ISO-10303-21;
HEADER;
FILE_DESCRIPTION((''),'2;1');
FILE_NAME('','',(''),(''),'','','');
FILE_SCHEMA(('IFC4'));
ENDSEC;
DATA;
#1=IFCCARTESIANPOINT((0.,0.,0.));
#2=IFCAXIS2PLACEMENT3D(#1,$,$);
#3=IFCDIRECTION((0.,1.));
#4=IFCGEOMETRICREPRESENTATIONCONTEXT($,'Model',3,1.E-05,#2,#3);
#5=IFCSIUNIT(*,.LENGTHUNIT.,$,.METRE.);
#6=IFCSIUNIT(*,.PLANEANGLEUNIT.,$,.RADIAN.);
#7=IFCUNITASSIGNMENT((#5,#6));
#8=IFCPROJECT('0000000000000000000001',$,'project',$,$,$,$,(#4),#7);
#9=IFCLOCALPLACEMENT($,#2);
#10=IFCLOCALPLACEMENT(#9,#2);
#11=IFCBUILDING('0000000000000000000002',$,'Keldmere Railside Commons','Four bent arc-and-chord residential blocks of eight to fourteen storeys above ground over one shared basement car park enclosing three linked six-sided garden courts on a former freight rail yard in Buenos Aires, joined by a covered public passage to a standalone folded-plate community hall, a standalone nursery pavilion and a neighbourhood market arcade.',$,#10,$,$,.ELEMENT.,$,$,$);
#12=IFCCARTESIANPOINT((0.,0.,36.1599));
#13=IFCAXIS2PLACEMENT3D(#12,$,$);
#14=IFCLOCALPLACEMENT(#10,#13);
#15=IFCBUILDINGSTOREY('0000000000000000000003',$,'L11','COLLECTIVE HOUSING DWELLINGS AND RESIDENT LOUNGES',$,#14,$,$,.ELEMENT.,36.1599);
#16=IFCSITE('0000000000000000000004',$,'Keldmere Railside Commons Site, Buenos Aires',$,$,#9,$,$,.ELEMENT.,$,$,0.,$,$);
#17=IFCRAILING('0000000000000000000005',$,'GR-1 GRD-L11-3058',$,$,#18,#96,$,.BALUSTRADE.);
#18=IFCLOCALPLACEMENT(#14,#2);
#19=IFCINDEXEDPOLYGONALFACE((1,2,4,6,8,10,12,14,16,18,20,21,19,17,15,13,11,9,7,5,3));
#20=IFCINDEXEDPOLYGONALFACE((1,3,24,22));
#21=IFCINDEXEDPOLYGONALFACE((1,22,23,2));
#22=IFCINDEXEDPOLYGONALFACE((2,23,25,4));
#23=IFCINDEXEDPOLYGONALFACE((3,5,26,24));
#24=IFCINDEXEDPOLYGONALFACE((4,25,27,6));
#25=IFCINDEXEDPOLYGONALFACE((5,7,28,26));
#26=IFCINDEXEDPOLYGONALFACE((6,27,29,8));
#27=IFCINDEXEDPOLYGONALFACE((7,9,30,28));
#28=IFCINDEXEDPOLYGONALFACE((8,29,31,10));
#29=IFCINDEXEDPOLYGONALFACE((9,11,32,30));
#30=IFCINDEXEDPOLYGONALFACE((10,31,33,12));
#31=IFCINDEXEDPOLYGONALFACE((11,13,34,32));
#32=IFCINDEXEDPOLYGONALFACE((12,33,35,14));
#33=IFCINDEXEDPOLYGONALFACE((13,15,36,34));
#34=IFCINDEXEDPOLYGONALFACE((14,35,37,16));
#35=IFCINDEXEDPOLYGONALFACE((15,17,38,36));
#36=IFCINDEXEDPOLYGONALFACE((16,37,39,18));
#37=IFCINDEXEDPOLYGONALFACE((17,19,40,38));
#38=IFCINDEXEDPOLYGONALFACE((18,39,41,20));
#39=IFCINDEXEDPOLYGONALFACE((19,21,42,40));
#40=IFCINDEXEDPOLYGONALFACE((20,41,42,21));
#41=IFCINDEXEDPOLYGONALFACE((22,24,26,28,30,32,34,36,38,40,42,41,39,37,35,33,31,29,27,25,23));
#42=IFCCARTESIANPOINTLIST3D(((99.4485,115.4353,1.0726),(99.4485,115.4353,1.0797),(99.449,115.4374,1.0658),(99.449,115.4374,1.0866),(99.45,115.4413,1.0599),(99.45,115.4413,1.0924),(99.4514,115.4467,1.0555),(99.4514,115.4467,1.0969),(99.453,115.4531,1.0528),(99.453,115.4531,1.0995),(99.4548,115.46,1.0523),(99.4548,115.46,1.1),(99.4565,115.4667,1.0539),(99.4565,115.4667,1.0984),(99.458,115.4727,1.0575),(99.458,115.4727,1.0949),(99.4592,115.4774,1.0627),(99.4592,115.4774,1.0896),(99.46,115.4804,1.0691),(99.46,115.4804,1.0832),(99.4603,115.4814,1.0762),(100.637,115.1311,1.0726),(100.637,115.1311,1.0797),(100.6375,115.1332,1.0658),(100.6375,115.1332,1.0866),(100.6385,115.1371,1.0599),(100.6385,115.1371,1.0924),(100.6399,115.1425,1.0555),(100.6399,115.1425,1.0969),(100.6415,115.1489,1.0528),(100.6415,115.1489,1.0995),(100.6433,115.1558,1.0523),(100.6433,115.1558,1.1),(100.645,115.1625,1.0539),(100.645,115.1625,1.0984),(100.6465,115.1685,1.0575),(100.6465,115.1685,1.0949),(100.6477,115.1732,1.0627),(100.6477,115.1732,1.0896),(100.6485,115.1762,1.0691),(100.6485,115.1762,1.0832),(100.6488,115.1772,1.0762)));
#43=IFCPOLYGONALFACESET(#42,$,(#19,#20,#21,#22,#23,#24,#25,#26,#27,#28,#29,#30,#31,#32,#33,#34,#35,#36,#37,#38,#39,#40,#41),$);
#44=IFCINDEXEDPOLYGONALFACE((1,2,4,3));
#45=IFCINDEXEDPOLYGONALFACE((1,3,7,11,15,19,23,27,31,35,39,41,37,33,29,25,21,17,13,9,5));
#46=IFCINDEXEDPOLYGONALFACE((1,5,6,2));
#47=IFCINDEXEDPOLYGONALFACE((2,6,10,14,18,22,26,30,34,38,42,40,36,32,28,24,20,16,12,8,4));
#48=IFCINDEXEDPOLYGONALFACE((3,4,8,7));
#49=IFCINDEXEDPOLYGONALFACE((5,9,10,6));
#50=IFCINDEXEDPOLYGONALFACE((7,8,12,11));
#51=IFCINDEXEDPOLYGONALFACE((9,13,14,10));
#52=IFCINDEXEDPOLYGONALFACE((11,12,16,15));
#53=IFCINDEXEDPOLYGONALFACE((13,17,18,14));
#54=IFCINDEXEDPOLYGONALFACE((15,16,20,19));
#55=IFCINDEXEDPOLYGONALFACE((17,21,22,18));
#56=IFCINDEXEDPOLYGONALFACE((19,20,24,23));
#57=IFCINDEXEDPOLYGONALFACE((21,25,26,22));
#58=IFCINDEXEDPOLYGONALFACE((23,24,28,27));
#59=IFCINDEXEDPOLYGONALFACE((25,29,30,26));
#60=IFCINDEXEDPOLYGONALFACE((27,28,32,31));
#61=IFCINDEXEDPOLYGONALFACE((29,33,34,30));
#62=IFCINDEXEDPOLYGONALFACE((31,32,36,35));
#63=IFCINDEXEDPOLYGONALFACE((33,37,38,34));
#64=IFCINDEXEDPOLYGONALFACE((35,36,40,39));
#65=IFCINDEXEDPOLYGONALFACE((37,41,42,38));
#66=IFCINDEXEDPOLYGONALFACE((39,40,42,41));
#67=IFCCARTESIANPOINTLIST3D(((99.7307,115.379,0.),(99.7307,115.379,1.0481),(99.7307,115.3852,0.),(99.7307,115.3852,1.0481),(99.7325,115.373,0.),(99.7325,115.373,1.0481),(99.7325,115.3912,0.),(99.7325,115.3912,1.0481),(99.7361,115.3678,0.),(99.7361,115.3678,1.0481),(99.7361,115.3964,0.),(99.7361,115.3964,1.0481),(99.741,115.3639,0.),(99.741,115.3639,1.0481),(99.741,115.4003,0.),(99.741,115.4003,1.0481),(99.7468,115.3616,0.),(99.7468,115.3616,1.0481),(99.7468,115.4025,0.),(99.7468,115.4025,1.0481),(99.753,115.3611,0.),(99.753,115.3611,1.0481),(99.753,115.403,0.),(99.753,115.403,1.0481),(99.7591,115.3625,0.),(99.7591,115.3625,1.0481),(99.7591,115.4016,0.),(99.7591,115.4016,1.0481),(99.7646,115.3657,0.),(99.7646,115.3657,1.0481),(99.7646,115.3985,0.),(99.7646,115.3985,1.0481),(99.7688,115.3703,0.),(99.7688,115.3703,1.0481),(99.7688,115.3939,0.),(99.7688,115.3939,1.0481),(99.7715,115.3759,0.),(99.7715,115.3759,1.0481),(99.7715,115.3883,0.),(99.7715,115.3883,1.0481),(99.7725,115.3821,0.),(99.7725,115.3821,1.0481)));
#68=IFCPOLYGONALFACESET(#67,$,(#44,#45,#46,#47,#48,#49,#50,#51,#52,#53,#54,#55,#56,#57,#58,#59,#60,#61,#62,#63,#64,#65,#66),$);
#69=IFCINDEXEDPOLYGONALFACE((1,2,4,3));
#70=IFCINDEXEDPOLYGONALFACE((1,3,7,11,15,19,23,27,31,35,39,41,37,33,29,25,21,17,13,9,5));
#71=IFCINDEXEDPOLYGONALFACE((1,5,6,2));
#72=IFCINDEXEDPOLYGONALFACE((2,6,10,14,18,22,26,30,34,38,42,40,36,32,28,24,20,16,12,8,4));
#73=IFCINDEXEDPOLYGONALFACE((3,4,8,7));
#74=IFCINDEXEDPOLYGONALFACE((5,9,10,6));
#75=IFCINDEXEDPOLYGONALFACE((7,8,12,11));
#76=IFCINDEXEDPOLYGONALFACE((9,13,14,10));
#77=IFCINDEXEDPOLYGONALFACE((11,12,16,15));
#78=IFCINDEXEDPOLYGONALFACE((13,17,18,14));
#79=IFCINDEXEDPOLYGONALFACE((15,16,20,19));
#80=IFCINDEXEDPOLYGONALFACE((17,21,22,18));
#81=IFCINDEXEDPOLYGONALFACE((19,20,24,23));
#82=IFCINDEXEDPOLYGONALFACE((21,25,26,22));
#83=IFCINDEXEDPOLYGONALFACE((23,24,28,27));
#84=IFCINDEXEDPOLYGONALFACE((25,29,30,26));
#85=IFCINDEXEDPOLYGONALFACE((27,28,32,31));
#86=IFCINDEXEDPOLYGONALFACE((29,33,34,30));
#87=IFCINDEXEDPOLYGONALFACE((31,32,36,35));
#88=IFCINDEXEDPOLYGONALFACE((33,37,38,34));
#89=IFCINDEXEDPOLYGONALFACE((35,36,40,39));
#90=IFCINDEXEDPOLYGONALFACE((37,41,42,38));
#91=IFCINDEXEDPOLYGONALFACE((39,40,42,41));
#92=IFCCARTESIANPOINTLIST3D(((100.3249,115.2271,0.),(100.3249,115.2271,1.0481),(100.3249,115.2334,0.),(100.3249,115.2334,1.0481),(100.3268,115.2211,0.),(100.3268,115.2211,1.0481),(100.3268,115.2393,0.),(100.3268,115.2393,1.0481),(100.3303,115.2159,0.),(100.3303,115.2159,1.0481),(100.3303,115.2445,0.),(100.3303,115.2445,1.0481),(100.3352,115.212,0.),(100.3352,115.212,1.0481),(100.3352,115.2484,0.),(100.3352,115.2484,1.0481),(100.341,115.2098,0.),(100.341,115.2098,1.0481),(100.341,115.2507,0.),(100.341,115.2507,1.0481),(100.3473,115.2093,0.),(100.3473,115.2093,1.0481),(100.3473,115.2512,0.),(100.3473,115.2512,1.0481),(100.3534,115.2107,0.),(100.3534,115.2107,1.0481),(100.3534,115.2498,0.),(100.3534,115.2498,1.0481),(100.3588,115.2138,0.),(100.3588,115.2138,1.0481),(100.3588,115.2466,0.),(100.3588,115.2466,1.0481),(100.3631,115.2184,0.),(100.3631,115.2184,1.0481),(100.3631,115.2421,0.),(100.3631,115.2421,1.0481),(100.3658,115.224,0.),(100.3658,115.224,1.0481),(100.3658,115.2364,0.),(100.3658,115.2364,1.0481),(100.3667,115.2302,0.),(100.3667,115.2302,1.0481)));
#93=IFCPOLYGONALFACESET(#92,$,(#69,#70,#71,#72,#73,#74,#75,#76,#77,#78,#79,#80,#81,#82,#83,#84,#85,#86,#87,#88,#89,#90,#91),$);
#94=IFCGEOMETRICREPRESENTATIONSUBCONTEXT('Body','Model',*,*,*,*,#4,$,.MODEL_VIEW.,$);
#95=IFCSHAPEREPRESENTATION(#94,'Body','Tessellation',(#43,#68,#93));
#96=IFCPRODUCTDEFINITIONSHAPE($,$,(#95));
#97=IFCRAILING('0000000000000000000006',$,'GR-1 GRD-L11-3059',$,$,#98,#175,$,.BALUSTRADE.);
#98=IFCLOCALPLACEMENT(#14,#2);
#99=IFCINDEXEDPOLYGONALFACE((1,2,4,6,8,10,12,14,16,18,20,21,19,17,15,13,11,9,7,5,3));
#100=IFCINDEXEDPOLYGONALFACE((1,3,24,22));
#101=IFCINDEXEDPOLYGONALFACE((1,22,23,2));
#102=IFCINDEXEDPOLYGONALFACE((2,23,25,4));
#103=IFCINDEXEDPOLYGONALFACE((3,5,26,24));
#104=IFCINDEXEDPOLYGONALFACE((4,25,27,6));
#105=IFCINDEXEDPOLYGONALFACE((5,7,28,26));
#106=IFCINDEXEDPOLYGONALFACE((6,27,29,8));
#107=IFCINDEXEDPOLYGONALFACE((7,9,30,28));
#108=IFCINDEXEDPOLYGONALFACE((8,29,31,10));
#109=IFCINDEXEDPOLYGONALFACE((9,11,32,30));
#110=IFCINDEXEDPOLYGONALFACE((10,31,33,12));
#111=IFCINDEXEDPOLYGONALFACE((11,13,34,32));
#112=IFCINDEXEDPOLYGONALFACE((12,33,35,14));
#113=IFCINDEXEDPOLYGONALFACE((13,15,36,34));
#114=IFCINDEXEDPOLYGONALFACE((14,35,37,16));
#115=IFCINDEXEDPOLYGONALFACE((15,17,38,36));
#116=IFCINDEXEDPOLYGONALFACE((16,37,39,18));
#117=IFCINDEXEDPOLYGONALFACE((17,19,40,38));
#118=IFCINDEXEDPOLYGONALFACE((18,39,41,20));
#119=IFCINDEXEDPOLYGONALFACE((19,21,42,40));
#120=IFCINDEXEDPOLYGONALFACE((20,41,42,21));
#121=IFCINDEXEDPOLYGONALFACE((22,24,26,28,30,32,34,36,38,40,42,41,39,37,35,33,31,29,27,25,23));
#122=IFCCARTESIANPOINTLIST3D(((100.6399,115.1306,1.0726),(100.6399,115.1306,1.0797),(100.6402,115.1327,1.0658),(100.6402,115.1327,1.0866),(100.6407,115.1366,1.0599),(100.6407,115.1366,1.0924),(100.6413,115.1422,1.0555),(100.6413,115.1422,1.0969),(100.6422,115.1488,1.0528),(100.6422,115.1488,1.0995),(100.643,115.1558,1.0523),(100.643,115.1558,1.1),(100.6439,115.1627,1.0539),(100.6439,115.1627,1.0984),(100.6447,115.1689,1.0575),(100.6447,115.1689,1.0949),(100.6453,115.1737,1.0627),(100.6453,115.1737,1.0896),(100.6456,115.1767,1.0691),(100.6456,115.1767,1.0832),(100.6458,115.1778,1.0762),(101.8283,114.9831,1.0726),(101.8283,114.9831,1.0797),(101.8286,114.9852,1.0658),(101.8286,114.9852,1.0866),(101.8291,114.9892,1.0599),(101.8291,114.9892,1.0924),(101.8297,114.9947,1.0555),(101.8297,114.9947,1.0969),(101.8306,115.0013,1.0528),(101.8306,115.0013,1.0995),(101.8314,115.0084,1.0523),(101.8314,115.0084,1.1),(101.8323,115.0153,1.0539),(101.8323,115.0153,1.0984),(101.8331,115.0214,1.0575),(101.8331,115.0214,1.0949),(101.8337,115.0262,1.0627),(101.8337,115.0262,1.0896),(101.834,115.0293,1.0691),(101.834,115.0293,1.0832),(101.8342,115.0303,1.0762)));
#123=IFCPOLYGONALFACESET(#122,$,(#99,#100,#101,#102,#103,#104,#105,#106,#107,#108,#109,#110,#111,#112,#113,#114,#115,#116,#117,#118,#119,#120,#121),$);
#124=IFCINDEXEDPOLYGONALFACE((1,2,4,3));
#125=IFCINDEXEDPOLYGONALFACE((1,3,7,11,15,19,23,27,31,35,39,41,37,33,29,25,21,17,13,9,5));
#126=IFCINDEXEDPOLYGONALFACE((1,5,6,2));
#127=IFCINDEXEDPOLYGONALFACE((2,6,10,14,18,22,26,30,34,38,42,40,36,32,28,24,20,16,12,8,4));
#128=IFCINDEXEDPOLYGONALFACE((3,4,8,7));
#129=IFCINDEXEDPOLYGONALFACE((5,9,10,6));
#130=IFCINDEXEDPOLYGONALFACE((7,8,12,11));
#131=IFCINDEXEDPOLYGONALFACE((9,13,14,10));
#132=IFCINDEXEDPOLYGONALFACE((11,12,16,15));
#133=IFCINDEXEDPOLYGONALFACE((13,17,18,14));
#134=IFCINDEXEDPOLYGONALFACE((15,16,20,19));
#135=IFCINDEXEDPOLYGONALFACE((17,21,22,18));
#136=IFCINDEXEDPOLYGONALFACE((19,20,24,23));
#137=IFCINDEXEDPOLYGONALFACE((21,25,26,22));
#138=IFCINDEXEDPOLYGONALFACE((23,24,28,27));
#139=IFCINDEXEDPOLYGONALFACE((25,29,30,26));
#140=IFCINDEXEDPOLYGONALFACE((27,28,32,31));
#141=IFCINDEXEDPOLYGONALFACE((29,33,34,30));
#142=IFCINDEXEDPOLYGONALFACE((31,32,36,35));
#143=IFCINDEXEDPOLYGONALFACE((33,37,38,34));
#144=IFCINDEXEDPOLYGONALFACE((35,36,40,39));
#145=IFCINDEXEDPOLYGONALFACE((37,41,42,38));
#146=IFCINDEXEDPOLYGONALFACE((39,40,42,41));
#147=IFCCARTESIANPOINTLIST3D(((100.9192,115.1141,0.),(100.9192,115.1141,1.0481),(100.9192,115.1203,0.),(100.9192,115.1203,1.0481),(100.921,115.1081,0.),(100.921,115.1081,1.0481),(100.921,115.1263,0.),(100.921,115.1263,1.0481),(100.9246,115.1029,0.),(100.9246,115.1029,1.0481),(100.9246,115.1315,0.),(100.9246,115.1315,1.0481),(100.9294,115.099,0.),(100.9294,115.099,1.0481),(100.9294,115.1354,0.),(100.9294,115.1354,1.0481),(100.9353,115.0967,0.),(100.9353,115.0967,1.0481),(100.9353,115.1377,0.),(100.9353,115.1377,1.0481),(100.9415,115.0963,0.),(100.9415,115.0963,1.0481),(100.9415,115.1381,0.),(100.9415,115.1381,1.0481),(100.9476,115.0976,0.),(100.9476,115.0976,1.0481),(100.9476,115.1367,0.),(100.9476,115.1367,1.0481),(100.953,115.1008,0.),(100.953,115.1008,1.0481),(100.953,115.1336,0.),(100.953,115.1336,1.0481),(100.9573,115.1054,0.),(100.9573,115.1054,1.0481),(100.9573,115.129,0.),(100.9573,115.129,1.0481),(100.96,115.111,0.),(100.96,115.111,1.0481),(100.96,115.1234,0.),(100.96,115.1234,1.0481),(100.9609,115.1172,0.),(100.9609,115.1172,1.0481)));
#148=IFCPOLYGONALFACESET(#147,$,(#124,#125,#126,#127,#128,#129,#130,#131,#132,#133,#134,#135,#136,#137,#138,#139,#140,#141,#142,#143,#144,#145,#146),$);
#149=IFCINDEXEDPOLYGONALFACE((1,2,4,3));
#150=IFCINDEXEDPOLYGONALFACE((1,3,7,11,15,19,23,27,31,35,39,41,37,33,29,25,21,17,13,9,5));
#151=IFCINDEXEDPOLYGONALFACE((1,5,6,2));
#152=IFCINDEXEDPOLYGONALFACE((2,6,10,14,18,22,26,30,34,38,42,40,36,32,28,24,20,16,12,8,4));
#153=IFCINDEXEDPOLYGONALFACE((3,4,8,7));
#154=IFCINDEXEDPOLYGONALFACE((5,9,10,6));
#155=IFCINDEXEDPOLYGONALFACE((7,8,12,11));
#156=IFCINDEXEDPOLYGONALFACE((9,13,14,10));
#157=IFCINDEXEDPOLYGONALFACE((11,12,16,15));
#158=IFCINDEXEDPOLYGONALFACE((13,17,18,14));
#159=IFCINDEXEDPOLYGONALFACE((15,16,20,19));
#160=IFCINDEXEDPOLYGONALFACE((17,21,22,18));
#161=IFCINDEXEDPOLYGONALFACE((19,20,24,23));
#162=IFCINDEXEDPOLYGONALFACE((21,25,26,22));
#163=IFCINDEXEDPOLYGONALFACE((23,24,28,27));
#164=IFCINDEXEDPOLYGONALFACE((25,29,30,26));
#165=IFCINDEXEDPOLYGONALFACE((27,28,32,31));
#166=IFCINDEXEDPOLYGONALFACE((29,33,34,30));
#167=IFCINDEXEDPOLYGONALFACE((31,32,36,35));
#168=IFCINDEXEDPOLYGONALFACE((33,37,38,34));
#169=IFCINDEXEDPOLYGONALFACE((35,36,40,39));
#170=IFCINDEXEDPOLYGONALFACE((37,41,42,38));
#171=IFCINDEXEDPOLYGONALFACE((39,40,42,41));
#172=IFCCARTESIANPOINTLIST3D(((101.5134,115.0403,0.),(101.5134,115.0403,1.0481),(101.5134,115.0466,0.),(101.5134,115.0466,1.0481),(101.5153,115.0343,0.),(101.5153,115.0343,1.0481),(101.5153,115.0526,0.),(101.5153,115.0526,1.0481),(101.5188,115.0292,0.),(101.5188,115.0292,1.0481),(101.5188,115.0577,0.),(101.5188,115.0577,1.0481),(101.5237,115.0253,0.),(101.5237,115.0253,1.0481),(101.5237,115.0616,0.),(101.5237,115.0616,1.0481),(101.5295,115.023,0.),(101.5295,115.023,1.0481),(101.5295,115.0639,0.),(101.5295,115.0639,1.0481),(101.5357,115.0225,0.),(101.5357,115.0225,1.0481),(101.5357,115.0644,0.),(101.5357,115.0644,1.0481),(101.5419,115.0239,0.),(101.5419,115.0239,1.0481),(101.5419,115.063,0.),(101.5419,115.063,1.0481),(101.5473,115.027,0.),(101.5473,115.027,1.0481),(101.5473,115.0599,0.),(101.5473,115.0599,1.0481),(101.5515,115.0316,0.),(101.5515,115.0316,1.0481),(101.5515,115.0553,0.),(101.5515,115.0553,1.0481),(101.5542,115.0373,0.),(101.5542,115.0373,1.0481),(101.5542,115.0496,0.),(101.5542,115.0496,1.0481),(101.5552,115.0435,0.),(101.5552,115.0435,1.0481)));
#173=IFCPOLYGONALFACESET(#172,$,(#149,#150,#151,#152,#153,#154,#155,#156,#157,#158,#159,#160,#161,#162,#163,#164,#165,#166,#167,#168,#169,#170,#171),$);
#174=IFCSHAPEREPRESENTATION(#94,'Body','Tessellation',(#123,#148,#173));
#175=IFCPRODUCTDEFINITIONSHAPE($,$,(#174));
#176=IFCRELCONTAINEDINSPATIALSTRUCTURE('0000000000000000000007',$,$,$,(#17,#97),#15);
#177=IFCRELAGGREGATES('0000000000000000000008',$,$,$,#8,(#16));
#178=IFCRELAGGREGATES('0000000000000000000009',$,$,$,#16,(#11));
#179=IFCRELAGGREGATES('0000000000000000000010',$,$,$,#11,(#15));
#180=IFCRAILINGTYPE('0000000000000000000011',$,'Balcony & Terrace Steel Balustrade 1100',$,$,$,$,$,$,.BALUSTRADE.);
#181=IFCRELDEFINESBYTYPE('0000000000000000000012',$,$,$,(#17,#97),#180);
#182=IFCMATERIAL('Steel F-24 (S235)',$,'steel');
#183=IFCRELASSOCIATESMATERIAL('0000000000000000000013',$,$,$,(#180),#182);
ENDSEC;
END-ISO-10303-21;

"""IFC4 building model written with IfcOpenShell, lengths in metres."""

from ifc_helpers import new_model, si_unit, direction, frame, origin, origin_2d, place, context, subcontext, project, spatial, circle, extrude, material, type_object, element, save


model = new_model("IFC4")

# Units and contexts
model_context = context("Model", 3, precision=1e-05, world=origin(), true_north=direction((0.0, 1.0)))
body_context = subcontext(model_context, "Body", "Model", "MODEL_VIEW")
ifc_project = project(units=[si_unit("LENGTHUNIT", "METRE"), si_unit("PLANEANGLEUNIT", "RADIAN")], contexts=[model_context])

# Site, building, storey
site_placement = place(None, origin())
site = spatial("IfcSite", under=ifc_project, at=site_placement, Name="Keldmere Railside Commons Site, Buenos Aires", CompositionType="ELEMENT", RefElevation=0.0)
building_placement = place(site_placement, origin())
building = spatial("IfcBuilding", under=site, at=building_placement, Name="Keldmere Railside Commons", Description="Four bent arc-and-chord residential blocks of eight to fourteen storeys above ground over one shared basement car park enclosing three linked six-sided garden courts on a former freight rail yard in Buenos Aires, joined by a covered public passage to a standalone folded-plate community hall, a standalone nursery pavilion and a neighbourhood market arcade.", CompositionType="ELEMENT")
storey_placement = place(building_placement, frame((0.0, 0.0, 36.1599)))
storey = spatial("IfcBuildingStorey", under=building, at=storey_placement, Name="L11", Description="COLLECTIVE HOUSING DWELLINGS AND RESIDENT LOUNGES", CompositionType="ELEMENT", Elevation=36.1599)

# Railings
ifc_material_1 = material(Name="Steel F-24 (S235)", Category="steel")
railing_type = type_object("IfcRailingType", Name="Balcony & Terrace Steel Balustrade 1100", PredefinedType="BALUSTRADE", material=ifc_material_1)
railing_1_placement = place(storey_placement, frame((99.4543, 115.4583, 0.0)))
element("IfcRailing", 1, at=railing_1_placement, inside=storey, type_object=railing_type, Name="GR-1 GRD-L11-3058", PredefinedType="BALUSTRADE", context=body_context, shape_type="SweptSolid", body=[
    extrude(circle(Radius=0.0239, at=origin_2d()), frame((0.0, 0.0, 1.0762), z_axis=(0.968769, -0.247964, 0.0), x_axis=(0.247964, 0.968769, 0.0)), (0.0, 0.0, 1.0), 1.2268),
    extrude(circle(Radius=0.021, at=origin_2d()), frame((0.2971, -0.0762, 0.0)), (0.0, 0.0, 1.0), 1.0481),
    extrude(circle(Radius=0.021, at=origin_2d()), frame((0.8914, -0.228, 0.0)), (0.0, 0.0, 1.0), 1.0481),
])
railing_2_placement = place(storey_placement, frame((100.6428, 115.1541, 0.0)))
element("IfcRailing", 2, at=railing_2_placement, inside=storey, type_object=railing_type, Name="GR-1 GRD-L11-3059", PredefinedType="BALUSTRADE", context=body_context, shape_type="SweptSolid", body=[
    extrude(circle(Radius=0.0239, at=origin_2d()), frame((0.0, 0.0, 1.0762), z_axis=(0.99239, -0.123131, 0.0), x_axis=(0.123131, 0.99239, 0.0)), (0.0, 0.0, 1.0), 1.1975),
    extrude(circle(Radius=0.021, at=origin_2d()), frame((0.2971, -0.0369, 0.0)), (0.0, 0.0, 1.0), 1.0481),
    extrude(circle(Radius=0.021, at=origin_2d()), frame((0.8914, -0.1106, 0.0)), (0.0, 0.0, 1.0), 1.0481),
])

save(model, "model.ifc")
